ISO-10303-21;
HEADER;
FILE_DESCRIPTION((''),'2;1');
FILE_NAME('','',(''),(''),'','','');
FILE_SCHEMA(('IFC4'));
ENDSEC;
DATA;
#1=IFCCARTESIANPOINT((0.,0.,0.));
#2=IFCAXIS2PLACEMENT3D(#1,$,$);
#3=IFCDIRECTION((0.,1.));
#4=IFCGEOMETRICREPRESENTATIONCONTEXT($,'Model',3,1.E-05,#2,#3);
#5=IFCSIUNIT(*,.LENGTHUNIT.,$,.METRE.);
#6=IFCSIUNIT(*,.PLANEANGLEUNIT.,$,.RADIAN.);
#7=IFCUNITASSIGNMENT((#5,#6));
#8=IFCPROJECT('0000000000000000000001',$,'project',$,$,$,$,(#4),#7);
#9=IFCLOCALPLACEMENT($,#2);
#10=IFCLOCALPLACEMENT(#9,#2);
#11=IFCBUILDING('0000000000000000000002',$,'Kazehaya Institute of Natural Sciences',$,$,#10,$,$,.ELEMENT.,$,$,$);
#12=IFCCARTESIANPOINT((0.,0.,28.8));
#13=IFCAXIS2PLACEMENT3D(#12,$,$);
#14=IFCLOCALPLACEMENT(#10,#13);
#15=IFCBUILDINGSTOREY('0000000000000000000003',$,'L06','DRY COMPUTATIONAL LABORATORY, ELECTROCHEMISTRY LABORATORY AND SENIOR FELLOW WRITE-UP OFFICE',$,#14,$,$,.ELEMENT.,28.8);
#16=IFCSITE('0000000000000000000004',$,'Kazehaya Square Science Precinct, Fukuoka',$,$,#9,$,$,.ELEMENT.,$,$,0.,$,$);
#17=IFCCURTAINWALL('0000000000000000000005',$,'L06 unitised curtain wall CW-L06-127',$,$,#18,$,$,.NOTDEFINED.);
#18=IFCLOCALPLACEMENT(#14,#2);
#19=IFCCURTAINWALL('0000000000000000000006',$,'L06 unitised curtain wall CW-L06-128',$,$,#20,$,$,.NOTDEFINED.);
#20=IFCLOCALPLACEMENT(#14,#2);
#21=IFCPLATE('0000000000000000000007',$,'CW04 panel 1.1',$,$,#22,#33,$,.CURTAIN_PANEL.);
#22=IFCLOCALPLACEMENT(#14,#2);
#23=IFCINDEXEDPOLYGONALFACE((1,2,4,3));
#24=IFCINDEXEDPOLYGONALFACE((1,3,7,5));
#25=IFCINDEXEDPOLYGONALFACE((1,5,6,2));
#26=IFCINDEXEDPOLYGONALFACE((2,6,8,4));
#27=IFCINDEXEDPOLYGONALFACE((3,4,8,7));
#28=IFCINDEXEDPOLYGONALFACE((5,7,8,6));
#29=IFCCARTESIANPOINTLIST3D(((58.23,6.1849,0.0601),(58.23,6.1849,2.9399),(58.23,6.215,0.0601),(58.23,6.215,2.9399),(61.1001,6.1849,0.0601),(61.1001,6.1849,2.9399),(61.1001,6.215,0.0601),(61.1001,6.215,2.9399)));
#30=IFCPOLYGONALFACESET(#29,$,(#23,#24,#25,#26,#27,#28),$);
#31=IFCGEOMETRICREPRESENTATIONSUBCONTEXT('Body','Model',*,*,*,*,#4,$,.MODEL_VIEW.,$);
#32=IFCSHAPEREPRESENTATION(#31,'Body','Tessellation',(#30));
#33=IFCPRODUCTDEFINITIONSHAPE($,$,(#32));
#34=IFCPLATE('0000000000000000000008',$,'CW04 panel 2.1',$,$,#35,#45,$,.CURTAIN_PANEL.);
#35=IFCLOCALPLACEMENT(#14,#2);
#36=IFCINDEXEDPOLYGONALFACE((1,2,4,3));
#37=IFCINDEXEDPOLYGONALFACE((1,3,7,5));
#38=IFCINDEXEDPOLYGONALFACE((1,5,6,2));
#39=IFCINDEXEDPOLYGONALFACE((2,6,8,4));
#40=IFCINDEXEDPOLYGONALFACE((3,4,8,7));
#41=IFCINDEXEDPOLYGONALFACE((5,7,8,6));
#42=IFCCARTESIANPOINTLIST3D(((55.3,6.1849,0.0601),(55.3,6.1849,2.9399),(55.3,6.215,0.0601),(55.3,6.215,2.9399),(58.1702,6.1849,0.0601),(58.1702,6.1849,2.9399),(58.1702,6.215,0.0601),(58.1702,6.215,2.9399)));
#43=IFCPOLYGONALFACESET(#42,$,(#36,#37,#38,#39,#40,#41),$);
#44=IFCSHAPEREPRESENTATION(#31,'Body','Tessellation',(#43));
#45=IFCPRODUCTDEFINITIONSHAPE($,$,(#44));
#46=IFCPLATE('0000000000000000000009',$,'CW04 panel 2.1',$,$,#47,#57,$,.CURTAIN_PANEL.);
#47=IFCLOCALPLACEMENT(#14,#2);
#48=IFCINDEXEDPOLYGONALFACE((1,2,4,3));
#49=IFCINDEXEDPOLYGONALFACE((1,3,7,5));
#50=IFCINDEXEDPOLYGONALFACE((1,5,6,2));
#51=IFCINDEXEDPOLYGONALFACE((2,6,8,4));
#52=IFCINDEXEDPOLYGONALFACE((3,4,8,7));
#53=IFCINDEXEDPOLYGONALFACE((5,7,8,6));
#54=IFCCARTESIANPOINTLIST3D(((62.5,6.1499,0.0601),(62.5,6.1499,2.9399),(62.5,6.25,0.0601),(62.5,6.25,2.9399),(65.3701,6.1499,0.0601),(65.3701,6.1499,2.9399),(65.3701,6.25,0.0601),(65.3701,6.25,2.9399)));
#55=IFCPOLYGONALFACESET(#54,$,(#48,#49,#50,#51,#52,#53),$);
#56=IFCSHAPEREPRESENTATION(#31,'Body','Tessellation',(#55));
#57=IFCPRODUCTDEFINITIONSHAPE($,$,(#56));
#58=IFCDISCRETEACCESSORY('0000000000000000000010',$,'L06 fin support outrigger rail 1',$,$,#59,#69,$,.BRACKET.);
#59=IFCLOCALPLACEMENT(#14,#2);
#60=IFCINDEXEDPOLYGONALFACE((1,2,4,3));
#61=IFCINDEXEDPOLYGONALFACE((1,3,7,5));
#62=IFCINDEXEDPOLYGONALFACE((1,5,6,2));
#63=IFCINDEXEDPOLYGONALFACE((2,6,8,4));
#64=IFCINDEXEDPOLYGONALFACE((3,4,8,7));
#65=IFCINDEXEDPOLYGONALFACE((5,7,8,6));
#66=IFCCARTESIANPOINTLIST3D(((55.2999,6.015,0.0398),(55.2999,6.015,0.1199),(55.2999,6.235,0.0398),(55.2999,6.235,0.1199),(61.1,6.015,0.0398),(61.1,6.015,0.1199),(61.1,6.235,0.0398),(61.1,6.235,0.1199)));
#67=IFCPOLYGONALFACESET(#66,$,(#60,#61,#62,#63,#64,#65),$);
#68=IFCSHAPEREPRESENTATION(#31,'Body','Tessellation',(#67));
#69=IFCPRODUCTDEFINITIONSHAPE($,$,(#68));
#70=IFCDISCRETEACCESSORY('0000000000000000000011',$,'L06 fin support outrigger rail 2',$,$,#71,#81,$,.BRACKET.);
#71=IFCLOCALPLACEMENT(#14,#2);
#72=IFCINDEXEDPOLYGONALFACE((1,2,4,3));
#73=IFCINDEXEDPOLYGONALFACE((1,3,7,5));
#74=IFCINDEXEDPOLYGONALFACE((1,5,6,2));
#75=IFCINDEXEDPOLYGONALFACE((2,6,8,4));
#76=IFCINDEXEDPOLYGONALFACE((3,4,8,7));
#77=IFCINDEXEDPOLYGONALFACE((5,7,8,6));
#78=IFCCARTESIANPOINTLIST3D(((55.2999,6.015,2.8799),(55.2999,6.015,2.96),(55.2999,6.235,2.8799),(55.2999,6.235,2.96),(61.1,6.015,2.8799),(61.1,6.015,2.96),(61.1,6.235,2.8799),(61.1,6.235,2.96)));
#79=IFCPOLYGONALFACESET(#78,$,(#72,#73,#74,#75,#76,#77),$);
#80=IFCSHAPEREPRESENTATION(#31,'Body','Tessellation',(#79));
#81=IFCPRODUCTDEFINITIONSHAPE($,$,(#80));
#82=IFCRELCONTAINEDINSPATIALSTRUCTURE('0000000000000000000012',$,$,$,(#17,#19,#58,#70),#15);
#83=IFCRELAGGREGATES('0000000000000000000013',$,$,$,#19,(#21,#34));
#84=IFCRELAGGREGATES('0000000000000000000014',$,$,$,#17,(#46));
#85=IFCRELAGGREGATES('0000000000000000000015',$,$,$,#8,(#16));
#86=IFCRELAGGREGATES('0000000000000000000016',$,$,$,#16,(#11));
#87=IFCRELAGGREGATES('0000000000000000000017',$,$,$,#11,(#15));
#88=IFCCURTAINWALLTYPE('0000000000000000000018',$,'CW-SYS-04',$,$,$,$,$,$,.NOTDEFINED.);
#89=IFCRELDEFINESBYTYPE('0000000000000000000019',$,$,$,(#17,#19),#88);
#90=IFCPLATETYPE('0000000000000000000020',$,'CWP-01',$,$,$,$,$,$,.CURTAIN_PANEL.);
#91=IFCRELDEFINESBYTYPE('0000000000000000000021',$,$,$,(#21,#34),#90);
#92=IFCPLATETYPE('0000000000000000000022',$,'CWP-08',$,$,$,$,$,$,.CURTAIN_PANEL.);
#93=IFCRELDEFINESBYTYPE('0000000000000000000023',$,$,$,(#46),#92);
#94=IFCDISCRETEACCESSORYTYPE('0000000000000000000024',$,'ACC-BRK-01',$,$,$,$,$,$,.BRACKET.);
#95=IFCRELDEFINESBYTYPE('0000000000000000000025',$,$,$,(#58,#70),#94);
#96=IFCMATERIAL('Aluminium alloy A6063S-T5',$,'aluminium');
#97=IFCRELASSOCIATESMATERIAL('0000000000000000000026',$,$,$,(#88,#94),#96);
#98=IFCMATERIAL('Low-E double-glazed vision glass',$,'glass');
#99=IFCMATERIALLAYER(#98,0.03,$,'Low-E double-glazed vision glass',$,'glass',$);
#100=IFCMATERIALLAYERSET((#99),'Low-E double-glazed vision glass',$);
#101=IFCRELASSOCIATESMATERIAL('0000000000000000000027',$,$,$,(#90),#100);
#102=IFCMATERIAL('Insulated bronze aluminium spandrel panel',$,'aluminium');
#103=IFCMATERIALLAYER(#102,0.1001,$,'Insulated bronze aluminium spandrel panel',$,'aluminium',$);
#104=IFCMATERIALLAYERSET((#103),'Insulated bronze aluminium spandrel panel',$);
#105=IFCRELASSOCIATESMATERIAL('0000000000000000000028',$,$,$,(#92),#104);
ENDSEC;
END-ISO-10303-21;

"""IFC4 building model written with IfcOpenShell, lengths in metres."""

from ifc_helpers import new_model, si_unit, direction, frame, origin, origin_2d, place, context, subcontext, project, spatial, rectangle, extrude, material, layer, layer_set, type_object, element, aggregate, save


model = new_model("IFC4")

# Units and contexts
model_context = context("Model", 3, precision=1e-05, world=origin(), true_north=direction((0.0, 1.0)))
body_context = subcontext(model_context, "Body", "Model", "MODEL_VIEW")
ifc_project = project(units=[si_unit("LENGTHUNIT", "METRE"), si_unit("PLANEANGLEUNIT", "RADIAN")], contexts=[model_context])

# Site, building, storey
site_placement = place(None, origin())
site = spatial("IfcSite", under=ifc_project, at=site_placement, Name="Kazehaya Square Science Precinct, Fukuoka", CompositionType="ELEMENT", RefElevation=0.0)
building_placement = place(site_placement, origin())
building = spatial("IfcBuilding", under=site, at=building_placement, Name="Kazehaya Institute of Natural Sciences", CompositionType="ELEMENT")
storey_placement = place(building_placement, frame((0.0, 0.0, 28.8)))
storey = spatial("IfcBuildingStorey", under=building, at=storey_placement, Name="L06", Description="DRY COMPUTATIONAL LABORATORY, ELECTROCHEMISTRY LABORATORY AND SENIOR FELLOW WRITE-UP OFFICE", CompositionType="ELEMENT", Elevation=28.8)

# Curtain wall
ifc_material_1 = material(Name="Aluminium alloy A6063S-T5", Category="aluminium")
curtain_wall_type = type_object("IfcCurtainWallType", Name="CW-SYS-04", PredefinedType="NOTDEFINED", material=ifc_material_1)
curtain_wall_1_placement = place(storey_placement, origin())
curtain_wall_1 = element("IfcCurtainWall", 1, at=curtain_wall_1_placement, inside=storey, type_object=curtain_wall_type, Name="L06 unitised curtain wall CW-L06-127", PredefinedType="NOTDEFINED")

# Curtain wall, plates
curtain_wall_2_placement = place(storey_placement, origin())
curtain_wall_2 = element("IfcCurtainWall", 2, at=curtain_wall_2_placement, inside=storey, type_object=curtain_wall_type, Name="L06 unitised curtain wall CW-L06-128", PredefinedType="NOTDEFINED")
ifc_material_2 = material(Name="Low-E double-glazed vision glass", Category="glass")
ifc_layer_1 = layer(ifc_material_2, 0.03, Name="Low-E double-glazed vision glass", Category="glass")
ifc_layer_set_1 = layer_set([ifc_layer_1], Name="Low-E double-glazed vision glass")
plate_type_1 = type_object("IfcPlateType", Name="CWP-01", PredefinedType="CURTAIN_PANEL", material=ifc_layer_set_1)
plate_1_placement = place(storey_placement, frame((59.665, 6.2, 0.0601), z_axis=(0.0, 0.0, 1.0), x_axis=(-1.0, 0.0, 0.0)))
plate_1 = element("IfcPlate", 3, at=plate_1_placement, type_object=plate_type_1, Name="CW04 panel 1.1", PredefinedType="CURTAIN_PANEL", context=body_context, shape_type="SweptSolid", body=[
    extrude(rectangle(XDim=2.8701, YDim=0.03, at=origin_2d()), origin(), (0.0, 0.0, 1.0), 2.8799),
])
plate_2_placement = place(storey_placement, frame((56.7351, 6.2, 0.0601), z_axis=(0.0, 0.0, 1.0), x_axis=(-1.0, 0.0, 0.0)))
plate_2 = element("IfcPlate", 4, at=plate_2_placement, type_object=plate_type_1, Name="CW04 panel 2.1", PredefinedType="CURTAIN_PANEL", context=body_context, shape_type="SweptSolid", body=[
    extrude(rectangle(XDim=2.8701, YDim=0.03, at=origin_2d()), origin(), (0.0, 0.0, 1.0), 2.8799),
])
aggregate(curtain_wall_2, [plate_1, plate_2])

# Plate
ifc_material_3 = material(Name="Insulated bronze aluminium spandrel panel", Category="aluminium")
ifc_layer_2 = layer(ifc_material_3, 0.1001, Name="Insulated bronze aluminium spandrel panel", Category="aluminium")
ifc_layer_set_2 = layer_set([ifc_layer_2], Name="Insulated bronze aluminium spandrel panel")
plate_type_2 = type_object("IfcPlateType", Name="CWP-08", PredefinedType="CURTAIN_PANEL", material=ifc_layer_set_2)
plate_3_placement = place(storey_placement, frame((63.9351, 6.2, 0.0601), z_axis=(0.0, 0.0, 1.0), x_axis=(-1.0, 0.0, 0.0)))
plate_3 = element("IfcPlate", 5, at=plate_3_placement, type_object=plate_type_2, Name="CW04 panel 2.1", PredefinedType="CURTAIN_PANEL", context=body_context, shape_type="SweptSolid", body=[
    extrude(rectangle(XDim=2.8701, YDim=0.1001, at=origin_2d()), origin(), (0.0, 0.0, 1.0), 2.8799),
])
aggregate(curtain_wall_1, [plate_3])

# Discrete accessories
discrete_accessory_type = type_object("IfcDiscreteAccessoryType", Name="ACC-BRK-01", PredefinedType="BRACKET", material=ifc_material_1)
for number, where, z_axis, x_axis, name in (
    (6, (58.2, 6.125, 0.0398), (0.0, 0.0, 1.0), (-1.0, 0.0, 0.0), "L06 fin support outrigger rail 1"),
    (7, (58.2, 6.125, 2.8799), (0.0, 0.0, 1.0), (-1.0, 0.0, 0.0), "L06 fin support outrigger rail 2"),
):
    element("IfcDiscreteAccessory", number, at=place(storey_placement, frame(where, z_axis=z_axis, x_axis=x_axis)), inside=storey, type_object=discrete_accessory_type, Name=name, PredefinedType="BRACKET", context=body_context, shape_type="SweptSolid", body=[
        extrude(rectangle(XDim=5.8, YDim=0.22, at=origin_2d()), origin(), (0.0, 0.0, 1.0), 0.0801),
    ])

save(model, "model.ifc")
